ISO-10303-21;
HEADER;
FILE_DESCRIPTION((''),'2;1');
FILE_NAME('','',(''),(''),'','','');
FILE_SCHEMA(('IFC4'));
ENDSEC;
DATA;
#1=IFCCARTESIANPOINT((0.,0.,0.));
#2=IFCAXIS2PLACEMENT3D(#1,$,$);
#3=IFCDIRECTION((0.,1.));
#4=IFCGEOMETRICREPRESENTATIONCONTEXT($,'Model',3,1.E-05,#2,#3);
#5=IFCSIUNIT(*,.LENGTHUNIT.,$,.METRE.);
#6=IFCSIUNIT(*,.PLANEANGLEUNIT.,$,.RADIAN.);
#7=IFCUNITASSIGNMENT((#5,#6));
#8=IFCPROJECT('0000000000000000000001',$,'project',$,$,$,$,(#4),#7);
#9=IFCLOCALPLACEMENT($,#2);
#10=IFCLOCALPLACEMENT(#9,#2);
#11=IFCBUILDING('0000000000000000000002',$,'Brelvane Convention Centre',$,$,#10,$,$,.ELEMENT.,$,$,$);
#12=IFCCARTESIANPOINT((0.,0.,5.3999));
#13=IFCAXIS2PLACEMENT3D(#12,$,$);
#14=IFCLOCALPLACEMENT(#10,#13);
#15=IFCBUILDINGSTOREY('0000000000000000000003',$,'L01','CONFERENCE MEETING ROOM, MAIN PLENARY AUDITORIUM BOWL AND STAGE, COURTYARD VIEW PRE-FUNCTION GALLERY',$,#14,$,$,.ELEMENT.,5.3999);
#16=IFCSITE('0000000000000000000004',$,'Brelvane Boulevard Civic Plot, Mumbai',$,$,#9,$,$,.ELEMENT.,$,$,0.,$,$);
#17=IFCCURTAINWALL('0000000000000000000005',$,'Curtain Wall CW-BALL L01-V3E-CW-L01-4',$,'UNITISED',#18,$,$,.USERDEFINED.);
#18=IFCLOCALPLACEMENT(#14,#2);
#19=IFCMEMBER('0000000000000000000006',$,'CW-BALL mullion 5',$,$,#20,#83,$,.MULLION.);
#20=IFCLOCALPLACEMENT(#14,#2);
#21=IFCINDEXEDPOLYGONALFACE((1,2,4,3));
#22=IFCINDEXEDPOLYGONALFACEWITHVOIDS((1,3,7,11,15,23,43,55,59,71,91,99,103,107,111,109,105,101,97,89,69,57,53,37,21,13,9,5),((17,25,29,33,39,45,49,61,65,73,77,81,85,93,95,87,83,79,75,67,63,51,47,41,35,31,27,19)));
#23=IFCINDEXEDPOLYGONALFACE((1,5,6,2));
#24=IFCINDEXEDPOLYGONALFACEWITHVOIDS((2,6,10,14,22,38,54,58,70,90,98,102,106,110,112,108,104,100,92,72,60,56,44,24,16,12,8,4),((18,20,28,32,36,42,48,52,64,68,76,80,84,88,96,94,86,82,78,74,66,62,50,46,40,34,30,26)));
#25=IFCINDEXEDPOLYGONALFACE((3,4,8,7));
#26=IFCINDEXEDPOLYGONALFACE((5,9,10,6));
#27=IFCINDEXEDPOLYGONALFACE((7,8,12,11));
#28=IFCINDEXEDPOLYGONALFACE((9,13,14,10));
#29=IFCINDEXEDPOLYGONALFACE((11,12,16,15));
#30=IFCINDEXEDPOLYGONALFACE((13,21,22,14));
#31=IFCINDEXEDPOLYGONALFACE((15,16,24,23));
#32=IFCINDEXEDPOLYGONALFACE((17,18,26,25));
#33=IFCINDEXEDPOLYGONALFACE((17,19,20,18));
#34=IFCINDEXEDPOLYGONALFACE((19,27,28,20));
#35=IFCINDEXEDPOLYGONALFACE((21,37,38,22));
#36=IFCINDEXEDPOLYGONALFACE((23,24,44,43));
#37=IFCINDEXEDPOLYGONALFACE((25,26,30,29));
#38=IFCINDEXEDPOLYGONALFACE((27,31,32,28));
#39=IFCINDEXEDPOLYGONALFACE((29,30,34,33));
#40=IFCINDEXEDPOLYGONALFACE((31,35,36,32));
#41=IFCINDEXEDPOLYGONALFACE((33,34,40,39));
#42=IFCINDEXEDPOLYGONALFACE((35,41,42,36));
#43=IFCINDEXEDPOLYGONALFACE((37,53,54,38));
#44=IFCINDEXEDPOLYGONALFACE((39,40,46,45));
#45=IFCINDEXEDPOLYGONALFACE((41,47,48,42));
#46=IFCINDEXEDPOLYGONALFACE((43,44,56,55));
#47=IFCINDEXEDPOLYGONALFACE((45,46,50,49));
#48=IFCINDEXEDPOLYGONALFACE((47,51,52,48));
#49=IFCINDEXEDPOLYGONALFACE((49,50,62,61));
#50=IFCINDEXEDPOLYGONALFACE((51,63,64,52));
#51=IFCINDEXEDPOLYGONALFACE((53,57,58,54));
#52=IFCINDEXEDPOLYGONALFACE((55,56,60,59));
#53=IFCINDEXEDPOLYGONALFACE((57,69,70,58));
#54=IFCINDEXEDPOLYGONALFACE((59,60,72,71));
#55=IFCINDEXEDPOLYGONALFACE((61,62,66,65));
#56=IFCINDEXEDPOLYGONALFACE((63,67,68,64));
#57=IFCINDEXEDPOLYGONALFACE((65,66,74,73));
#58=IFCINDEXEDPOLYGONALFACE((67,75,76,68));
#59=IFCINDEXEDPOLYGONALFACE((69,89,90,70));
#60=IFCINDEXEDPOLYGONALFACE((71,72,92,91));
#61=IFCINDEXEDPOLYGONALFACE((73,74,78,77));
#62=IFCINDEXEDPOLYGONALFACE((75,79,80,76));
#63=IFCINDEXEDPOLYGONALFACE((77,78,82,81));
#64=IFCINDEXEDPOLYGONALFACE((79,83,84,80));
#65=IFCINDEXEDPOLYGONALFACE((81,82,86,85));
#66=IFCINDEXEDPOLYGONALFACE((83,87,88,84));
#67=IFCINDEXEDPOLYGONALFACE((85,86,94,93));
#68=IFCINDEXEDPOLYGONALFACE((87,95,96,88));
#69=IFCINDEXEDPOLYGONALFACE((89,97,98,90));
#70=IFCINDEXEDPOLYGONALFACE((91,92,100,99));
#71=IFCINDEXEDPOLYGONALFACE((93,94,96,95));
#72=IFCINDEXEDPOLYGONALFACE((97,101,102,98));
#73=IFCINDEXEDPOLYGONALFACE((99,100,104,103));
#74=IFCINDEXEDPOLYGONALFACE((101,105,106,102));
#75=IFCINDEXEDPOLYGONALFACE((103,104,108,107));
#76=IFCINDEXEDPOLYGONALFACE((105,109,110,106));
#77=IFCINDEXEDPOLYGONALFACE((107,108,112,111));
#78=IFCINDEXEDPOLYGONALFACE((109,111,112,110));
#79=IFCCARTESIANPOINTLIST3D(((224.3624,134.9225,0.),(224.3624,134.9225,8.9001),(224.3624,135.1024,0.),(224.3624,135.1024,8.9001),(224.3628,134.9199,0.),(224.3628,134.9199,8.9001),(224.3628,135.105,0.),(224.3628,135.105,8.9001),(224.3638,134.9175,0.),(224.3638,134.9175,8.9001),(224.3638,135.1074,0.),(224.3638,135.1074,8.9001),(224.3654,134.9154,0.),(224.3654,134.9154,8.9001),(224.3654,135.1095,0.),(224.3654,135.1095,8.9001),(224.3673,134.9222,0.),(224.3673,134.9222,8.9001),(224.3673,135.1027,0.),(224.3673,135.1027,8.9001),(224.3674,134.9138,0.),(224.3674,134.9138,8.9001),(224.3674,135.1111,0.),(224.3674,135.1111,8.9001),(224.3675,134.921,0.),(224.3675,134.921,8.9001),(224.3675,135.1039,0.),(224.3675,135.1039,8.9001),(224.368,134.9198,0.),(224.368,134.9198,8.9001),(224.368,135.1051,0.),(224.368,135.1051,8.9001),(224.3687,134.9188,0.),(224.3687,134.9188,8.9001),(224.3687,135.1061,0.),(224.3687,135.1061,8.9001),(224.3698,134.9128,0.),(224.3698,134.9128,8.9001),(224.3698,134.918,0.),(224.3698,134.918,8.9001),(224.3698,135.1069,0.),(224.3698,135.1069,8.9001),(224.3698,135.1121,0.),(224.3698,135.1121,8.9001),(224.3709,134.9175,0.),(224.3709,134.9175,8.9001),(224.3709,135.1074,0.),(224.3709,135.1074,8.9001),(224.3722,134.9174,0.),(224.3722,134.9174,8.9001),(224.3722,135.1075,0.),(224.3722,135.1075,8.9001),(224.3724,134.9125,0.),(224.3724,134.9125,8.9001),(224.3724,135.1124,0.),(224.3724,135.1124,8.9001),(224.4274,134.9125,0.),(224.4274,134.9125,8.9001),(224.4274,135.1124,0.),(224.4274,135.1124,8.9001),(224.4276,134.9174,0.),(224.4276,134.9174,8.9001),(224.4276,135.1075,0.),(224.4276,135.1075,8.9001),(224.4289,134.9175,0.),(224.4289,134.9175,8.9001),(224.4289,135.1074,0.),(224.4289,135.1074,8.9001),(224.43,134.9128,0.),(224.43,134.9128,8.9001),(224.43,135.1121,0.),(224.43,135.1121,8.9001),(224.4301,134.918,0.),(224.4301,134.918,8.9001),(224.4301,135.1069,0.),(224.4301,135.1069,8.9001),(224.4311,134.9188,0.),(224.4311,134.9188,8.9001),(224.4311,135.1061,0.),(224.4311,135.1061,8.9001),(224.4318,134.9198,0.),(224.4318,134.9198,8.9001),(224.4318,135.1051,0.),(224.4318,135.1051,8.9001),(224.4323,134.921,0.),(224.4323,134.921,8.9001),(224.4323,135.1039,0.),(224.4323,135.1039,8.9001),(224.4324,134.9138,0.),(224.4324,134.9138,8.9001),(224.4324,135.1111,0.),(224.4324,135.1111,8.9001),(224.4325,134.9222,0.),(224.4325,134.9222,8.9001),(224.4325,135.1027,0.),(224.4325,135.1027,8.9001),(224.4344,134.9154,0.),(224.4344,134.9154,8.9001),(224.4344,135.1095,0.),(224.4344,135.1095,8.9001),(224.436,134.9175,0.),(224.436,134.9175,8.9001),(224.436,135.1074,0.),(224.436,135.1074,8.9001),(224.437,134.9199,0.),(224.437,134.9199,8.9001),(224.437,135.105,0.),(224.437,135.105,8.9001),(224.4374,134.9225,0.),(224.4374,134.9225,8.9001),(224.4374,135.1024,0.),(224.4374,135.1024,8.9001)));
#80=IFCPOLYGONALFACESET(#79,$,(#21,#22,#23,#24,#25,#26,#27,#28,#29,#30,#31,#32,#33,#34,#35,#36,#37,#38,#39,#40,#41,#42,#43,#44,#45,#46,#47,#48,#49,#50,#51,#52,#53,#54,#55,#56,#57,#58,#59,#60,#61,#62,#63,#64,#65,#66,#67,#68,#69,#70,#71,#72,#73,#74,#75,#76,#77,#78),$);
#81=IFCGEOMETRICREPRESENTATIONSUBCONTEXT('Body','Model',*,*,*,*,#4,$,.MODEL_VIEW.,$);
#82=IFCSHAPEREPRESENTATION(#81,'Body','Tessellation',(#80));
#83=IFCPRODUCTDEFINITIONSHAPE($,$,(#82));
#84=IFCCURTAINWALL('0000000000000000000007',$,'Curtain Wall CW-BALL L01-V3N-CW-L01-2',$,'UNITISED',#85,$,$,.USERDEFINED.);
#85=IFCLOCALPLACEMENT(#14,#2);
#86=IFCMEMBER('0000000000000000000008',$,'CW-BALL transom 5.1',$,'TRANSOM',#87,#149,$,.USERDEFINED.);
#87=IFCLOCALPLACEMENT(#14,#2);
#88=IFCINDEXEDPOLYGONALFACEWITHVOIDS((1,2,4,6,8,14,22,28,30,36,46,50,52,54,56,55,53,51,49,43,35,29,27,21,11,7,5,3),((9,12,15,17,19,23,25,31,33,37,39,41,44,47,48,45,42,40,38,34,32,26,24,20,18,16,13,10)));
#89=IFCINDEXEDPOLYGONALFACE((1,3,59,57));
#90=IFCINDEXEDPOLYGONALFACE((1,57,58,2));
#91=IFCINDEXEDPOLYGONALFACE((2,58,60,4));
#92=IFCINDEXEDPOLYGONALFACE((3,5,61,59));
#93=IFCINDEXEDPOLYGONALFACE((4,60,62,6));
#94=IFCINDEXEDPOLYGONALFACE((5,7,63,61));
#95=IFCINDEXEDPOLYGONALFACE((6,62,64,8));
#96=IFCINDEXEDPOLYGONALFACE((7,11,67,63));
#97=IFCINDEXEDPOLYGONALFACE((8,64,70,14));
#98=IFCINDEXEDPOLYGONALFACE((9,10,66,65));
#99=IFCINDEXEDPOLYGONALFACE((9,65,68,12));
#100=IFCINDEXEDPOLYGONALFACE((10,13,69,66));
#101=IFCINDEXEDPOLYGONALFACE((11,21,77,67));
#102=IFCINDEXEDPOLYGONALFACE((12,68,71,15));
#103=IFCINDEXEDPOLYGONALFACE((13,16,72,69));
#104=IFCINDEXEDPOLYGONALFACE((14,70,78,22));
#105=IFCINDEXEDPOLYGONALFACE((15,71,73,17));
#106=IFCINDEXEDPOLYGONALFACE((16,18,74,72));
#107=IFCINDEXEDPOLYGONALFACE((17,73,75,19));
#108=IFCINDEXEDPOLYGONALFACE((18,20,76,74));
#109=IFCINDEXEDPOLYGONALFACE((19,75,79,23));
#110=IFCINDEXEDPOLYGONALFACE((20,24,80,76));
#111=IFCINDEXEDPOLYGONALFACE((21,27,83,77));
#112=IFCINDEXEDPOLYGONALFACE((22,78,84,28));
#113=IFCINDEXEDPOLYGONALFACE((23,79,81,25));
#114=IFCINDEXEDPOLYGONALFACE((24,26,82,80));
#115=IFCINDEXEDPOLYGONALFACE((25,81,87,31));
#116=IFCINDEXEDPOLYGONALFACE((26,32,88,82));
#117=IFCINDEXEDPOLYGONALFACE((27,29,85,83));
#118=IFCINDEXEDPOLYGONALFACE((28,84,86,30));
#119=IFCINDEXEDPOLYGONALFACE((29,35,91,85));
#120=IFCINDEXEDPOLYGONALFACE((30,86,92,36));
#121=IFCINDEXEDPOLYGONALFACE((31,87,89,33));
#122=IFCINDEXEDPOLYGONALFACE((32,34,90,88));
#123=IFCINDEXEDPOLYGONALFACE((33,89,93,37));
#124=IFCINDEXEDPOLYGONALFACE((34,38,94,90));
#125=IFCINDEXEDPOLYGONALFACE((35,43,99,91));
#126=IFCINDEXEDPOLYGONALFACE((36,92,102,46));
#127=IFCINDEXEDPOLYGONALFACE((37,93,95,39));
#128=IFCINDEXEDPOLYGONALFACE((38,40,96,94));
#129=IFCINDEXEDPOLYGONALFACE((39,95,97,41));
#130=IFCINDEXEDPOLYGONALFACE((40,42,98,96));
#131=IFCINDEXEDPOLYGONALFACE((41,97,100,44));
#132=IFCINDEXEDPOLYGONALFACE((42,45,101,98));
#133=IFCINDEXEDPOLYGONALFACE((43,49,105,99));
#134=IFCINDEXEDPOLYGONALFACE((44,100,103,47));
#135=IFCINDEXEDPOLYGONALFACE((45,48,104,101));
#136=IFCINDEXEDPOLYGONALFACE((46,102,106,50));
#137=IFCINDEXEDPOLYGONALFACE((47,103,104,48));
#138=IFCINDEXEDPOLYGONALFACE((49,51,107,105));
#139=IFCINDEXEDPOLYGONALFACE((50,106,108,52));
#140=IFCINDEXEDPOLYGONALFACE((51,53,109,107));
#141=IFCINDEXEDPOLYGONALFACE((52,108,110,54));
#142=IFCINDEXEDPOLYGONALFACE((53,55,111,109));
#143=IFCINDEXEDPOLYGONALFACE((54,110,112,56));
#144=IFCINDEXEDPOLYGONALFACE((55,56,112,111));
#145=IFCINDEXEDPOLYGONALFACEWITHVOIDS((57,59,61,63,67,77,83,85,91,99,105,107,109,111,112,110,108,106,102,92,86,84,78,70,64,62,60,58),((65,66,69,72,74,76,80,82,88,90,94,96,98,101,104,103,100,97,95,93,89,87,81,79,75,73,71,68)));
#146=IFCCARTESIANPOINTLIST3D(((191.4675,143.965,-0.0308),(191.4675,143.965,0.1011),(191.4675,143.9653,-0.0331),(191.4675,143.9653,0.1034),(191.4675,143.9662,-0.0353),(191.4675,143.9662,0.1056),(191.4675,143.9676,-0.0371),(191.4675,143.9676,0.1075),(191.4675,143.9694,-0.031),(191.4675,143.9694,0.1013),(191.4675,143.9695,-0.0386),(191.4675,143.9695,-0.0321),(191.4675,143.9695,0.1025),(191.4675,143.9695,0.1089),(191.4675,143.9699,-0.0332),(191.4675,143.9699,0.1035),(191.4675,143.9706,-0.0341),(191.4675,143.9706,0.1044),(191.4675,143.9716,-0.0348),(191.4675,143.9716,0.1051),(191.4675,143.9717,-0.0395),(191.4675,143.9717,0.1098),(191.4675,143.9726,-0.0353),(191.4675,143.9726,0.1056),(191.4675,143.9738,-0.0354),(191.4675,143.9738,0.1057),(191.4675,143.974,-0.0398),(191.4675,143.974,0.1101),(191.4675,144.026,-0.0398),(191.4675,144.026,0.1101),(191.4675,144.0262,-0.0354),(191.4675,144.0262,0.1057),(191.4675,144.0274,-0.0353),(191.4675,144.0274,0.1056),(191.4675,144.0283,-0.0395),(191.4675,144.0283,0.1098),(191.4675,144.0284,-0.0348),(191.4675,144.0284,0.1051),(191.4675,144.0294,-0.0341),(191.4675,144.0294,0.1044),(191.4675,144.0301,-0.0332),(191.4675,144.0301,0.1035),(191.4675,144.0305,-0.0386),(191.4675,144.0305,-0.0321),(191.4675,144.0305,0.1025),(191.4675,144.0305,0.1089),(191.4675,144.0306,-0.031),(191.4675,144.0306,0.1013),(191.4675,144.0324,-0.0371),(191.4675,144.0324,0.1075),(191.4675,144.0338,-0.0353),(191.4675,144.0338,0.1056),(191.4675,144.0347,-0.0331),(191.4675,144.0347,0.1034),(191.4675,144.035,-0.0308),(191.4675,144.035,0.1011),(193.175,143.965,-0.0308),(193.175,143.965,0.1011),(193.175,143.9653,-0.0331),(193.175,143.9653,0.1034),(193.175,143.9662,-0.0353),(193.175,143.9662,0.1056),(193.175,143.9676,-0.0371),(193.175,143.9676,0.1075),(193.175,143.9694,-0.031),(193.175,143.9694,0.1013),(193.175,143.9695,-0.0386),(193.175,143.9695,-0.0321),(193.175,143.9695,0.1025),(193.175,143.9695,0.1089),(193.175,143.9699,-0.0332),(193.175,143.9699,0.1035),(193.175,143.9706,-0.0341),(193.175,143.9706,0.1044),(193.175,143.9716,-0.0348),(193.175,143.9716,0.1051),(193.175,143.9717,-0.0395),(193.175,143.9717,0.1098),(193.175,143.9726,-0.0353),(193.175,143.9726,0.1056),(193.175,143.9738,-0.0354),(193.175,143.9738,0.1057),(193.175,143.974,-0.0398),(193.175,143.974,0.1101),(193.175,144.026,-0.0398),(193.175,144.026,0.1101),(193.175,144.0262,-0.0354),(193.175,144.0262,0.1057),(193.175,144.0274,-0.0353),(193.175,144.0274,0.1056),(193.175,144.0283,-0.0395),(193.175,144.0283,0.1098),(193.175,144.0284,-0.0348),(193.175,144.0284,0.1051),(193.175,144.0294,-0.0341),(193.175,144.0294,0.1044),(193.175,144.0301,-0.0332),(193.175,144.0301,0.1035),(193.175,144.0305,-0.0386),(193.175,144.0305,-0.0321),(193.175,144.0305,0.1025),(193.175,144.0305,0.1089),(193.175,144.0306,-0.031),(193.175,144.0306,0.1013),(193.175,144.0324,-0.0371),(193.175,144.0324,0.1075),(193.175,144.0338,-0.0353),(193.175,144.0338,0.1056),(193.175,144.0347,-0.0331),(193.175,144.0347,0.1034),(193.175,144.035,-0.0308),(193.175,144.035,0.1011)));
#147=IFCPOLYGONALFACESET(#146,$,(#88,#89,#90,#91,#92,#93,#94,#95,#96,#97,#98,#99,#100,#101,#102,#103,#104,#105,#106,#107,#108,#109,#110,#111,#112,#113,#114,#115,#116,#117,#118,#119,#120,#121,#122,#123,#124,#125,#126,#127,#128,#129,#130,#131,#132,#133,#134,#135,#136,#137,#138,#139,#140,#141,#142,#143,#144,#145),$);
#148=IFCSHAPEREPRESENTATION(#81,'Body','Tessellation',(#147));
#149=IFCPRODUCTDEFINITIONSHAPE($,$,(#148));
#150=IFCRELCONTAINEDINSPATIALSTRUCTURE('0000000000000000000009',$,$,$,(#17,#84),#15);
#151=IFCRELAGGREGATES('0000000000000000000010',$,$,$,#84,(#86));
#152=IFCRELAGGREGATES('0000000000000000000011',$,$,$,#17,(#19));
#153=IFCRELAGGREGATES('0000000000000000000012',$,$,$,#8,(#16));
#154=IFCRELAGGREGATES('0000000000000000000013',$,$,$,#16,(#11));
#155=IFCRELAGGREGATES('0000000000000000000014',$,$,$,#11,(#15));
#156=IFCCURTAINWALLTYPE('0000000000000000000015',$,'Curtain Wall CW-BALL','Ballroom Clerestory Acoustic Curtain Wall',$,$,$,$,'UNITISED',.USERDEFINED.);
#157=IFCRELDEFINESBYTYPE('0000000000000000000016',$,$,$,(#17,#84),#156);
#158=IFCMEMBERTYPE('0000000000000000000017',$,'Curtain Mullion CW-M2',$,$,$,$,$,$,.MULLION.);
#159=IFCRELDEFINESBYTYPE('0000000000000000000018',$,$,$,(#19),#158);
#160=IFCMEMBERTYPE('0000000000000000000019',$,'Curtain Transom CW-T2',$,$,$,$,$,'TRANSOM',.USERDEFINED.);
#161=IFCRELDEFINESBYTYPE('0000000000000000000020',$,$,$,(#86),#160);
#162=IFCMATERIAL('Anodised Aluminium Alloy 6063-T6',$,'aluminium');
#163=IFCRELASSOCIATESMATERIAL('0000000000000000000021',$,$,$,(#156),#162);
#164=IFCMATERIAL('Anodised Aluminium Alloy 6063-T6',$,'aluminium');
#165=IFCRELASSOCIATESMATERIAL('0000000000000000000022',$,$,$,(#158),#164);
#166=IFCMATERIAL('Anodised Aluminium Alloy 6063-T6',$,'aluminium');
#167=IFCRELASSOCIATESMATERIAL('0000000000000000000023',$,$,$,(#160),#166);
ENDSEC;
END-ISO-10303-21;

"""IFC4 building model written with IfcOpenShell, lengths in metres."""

from ifc_helpers import new_model, si_unit, direction, frame, origin, origin_2d, place, context, subcontext, project, spatial, hollow_rectangle, extrude, material, material_profile, profile_set, type_object, element, aggregate, save


model = new_model("IFC4")

# Units and contexts
model_context = context("Model", 3, precision=1e-05, world=origin(), true_north=direction((0.0, 1.0)))
body_context = subcontext(model_context, "Body", "Model", "MODEL_VIEW")
ifc_project = project(units=[si_unit("LENGTHUNIT", "METRE"), si_unit("PLANEANGLEUNIT", "RADIAN")], contexts=[model_context])

# Site, building, storey
site_placement = place(None, origin())
site = spatial("IfcSite", under=ifc_project, at=site_placement, Name="Brelvane Boulevard Civic Plot, Mumbai", CompositionType="ELEMENT", RefElevation=0.0)
building_placement = place(site_placement, origin())
building = spatial("IfcBuilding", under=site, at=building_placement, Name="Brelvane Convention Centre", CompositionType="ELEMENT")
storey_placement = place(building_placement, frame((0.0, 0.0, 5.3999)))
storey = spatial("IfcBuildingStorey", under=building, at=storey_placement, Name="L01", Description="CONFERENCE MEETING ROOM, MAIN PLENARY AUDITORIUM BOWL AND STAGE, COURTYARD VIEW PRE-FUNCTION GALLERY", CompositionType="ELEMENT", Elevation=5.3999)

# Curtain walls, members
ifc_material_1 = material(Name="Anodised Aluminium Alloy 6063-T6", Category="aluminium")
curtain_wall_type = type_object("IfcCurtainWallType", Name="Curtain Wall CW-BALL", Description="Ballroom Clerestory Acoustic Curtain Wall", ElementType="UNITISED", PredefinedType="USERDEFINED", material=ifc_material_1)
curtain_wall_1_placement = place(storey_placement, origin())
curtain_wall_1 = element("IfcCurtainWall", 1, at=curtain_wall_1_placement, inside=storey, type_object=curtain_wall_type, Name="Curtain Wall CW-BALL L01-V3E-CW-L01-4", ObjectType="UNITISED", PredefinedType="USERDEFINED")
ifc_material_2 = material(Name="Anodised Aluminium Alloy 6063-T6", Category="aluminium")
ifc_material_profile_1 = material_profile(ifc_material_2, hollow_rectangle(XDim=0.075, YDim=0.2, WallThickness=0.0049, InnerFilletRadius=0.0049, OuterFilletRadius=0.01, at=origin_2d()), Name="ALU-M 200x75x5.0")
ifc_profile_set_1 = profile_set([ifc_material_profile_1], Name="Anodised Aluminium Alloy 6063-T6")
member_type_1 = type_object("IfcMemberType", Name="Curtain Mullion CW-M2", PredefinedType="MULLION", material=ifc_profile_set_1)
member_1_placement = place(storey_placement, frame((224.3999, 135.0125, 0.0), z_axis=(0.0, 0.0, 1.0), x_axis=(-1.0, 0.0, 0.0)))
member_1 = element("IfcMember", 2, at=member_1_placement, type_object=member_type_1, Name="CW-BALL mullion 5", PredefinedType="MULLION", context=body_context, shape_type="SweptSolid", body=[
    extrude(hollow_rectangle(XDim=0.075, YDim=0.2, WallThickness=0.0049, InnerFilletRadius=0.0049, OuterFilletRadius=0.01, at=origin_2d()), origin(), (0.0, 0.0, 1.0), 8.9001),
])
curtain_wall_2_placement = place(storey_placement, origin())
curtain_wall_2 = element("IfcCurtainWall", 3, at=curtain_wall_2_placement, inside=storey, type_object=curtain_wall_type, Name="Curtain Wall CW-BALL L01-V3N-CW-L01-2", ObjectType="UNITISED", PredefinedType="USERDEFINED")
ifc_material_3 = material(Name="Anodised Aluminium Alloy 6063-T6", Category="aluminium")
ifc_material_profile_2 = material_profile(ifc_material_3, hollow_rectangle(XDim=0.0701, YDim=0.1499, WallThickness=0.0044, InnerFilletRadius=0.0044, OuterFilletRadius=0.009, at=origin_2d()), Name="ALU-T 150x70x4.5")
ifc_profile_set_2 = profile_set([ifc_material_profile_2], Name="Anodised Aluminium Alloy 6063-T6")
member_type_2 = type_object("IfcMemberType", Name="Curtain Transom CW-T2", ElementType="TRANSOM", PredefinedType="USERDEFINED", material=ifc_profile_set_2)
member_2_placement = place(storey_placement, frame((191.4675, 144.0, 0.0352), z_axis=(1.0, 0.0, 0.0), x_axis=(0.0, 1.0, 0.0)))
member_2 = element("IfcMember", 4, at=member_2_placement, type_object=member_type_2, Name="CW-BALL transom 5.1", ObjectType="TRANSOM", PredefinedType="USERDEFINED", context=body_context, shape_type="SweptSolid", body=[
    extrude(hollow_rectangle(XDim=0.0701, YDim=0.1499, WallThickness=0.0044, InnerFilletRadius=0.0044, OuterFilletRadius=0.009, at=origin_2d()), origin(), (0.0, 0.0, 1.0), 1.7075),
])

aggregate(curtain_wall_2, [member_2])
aggregate(curtain_wall_1, [member_1])

save(model, "model.ifc")
